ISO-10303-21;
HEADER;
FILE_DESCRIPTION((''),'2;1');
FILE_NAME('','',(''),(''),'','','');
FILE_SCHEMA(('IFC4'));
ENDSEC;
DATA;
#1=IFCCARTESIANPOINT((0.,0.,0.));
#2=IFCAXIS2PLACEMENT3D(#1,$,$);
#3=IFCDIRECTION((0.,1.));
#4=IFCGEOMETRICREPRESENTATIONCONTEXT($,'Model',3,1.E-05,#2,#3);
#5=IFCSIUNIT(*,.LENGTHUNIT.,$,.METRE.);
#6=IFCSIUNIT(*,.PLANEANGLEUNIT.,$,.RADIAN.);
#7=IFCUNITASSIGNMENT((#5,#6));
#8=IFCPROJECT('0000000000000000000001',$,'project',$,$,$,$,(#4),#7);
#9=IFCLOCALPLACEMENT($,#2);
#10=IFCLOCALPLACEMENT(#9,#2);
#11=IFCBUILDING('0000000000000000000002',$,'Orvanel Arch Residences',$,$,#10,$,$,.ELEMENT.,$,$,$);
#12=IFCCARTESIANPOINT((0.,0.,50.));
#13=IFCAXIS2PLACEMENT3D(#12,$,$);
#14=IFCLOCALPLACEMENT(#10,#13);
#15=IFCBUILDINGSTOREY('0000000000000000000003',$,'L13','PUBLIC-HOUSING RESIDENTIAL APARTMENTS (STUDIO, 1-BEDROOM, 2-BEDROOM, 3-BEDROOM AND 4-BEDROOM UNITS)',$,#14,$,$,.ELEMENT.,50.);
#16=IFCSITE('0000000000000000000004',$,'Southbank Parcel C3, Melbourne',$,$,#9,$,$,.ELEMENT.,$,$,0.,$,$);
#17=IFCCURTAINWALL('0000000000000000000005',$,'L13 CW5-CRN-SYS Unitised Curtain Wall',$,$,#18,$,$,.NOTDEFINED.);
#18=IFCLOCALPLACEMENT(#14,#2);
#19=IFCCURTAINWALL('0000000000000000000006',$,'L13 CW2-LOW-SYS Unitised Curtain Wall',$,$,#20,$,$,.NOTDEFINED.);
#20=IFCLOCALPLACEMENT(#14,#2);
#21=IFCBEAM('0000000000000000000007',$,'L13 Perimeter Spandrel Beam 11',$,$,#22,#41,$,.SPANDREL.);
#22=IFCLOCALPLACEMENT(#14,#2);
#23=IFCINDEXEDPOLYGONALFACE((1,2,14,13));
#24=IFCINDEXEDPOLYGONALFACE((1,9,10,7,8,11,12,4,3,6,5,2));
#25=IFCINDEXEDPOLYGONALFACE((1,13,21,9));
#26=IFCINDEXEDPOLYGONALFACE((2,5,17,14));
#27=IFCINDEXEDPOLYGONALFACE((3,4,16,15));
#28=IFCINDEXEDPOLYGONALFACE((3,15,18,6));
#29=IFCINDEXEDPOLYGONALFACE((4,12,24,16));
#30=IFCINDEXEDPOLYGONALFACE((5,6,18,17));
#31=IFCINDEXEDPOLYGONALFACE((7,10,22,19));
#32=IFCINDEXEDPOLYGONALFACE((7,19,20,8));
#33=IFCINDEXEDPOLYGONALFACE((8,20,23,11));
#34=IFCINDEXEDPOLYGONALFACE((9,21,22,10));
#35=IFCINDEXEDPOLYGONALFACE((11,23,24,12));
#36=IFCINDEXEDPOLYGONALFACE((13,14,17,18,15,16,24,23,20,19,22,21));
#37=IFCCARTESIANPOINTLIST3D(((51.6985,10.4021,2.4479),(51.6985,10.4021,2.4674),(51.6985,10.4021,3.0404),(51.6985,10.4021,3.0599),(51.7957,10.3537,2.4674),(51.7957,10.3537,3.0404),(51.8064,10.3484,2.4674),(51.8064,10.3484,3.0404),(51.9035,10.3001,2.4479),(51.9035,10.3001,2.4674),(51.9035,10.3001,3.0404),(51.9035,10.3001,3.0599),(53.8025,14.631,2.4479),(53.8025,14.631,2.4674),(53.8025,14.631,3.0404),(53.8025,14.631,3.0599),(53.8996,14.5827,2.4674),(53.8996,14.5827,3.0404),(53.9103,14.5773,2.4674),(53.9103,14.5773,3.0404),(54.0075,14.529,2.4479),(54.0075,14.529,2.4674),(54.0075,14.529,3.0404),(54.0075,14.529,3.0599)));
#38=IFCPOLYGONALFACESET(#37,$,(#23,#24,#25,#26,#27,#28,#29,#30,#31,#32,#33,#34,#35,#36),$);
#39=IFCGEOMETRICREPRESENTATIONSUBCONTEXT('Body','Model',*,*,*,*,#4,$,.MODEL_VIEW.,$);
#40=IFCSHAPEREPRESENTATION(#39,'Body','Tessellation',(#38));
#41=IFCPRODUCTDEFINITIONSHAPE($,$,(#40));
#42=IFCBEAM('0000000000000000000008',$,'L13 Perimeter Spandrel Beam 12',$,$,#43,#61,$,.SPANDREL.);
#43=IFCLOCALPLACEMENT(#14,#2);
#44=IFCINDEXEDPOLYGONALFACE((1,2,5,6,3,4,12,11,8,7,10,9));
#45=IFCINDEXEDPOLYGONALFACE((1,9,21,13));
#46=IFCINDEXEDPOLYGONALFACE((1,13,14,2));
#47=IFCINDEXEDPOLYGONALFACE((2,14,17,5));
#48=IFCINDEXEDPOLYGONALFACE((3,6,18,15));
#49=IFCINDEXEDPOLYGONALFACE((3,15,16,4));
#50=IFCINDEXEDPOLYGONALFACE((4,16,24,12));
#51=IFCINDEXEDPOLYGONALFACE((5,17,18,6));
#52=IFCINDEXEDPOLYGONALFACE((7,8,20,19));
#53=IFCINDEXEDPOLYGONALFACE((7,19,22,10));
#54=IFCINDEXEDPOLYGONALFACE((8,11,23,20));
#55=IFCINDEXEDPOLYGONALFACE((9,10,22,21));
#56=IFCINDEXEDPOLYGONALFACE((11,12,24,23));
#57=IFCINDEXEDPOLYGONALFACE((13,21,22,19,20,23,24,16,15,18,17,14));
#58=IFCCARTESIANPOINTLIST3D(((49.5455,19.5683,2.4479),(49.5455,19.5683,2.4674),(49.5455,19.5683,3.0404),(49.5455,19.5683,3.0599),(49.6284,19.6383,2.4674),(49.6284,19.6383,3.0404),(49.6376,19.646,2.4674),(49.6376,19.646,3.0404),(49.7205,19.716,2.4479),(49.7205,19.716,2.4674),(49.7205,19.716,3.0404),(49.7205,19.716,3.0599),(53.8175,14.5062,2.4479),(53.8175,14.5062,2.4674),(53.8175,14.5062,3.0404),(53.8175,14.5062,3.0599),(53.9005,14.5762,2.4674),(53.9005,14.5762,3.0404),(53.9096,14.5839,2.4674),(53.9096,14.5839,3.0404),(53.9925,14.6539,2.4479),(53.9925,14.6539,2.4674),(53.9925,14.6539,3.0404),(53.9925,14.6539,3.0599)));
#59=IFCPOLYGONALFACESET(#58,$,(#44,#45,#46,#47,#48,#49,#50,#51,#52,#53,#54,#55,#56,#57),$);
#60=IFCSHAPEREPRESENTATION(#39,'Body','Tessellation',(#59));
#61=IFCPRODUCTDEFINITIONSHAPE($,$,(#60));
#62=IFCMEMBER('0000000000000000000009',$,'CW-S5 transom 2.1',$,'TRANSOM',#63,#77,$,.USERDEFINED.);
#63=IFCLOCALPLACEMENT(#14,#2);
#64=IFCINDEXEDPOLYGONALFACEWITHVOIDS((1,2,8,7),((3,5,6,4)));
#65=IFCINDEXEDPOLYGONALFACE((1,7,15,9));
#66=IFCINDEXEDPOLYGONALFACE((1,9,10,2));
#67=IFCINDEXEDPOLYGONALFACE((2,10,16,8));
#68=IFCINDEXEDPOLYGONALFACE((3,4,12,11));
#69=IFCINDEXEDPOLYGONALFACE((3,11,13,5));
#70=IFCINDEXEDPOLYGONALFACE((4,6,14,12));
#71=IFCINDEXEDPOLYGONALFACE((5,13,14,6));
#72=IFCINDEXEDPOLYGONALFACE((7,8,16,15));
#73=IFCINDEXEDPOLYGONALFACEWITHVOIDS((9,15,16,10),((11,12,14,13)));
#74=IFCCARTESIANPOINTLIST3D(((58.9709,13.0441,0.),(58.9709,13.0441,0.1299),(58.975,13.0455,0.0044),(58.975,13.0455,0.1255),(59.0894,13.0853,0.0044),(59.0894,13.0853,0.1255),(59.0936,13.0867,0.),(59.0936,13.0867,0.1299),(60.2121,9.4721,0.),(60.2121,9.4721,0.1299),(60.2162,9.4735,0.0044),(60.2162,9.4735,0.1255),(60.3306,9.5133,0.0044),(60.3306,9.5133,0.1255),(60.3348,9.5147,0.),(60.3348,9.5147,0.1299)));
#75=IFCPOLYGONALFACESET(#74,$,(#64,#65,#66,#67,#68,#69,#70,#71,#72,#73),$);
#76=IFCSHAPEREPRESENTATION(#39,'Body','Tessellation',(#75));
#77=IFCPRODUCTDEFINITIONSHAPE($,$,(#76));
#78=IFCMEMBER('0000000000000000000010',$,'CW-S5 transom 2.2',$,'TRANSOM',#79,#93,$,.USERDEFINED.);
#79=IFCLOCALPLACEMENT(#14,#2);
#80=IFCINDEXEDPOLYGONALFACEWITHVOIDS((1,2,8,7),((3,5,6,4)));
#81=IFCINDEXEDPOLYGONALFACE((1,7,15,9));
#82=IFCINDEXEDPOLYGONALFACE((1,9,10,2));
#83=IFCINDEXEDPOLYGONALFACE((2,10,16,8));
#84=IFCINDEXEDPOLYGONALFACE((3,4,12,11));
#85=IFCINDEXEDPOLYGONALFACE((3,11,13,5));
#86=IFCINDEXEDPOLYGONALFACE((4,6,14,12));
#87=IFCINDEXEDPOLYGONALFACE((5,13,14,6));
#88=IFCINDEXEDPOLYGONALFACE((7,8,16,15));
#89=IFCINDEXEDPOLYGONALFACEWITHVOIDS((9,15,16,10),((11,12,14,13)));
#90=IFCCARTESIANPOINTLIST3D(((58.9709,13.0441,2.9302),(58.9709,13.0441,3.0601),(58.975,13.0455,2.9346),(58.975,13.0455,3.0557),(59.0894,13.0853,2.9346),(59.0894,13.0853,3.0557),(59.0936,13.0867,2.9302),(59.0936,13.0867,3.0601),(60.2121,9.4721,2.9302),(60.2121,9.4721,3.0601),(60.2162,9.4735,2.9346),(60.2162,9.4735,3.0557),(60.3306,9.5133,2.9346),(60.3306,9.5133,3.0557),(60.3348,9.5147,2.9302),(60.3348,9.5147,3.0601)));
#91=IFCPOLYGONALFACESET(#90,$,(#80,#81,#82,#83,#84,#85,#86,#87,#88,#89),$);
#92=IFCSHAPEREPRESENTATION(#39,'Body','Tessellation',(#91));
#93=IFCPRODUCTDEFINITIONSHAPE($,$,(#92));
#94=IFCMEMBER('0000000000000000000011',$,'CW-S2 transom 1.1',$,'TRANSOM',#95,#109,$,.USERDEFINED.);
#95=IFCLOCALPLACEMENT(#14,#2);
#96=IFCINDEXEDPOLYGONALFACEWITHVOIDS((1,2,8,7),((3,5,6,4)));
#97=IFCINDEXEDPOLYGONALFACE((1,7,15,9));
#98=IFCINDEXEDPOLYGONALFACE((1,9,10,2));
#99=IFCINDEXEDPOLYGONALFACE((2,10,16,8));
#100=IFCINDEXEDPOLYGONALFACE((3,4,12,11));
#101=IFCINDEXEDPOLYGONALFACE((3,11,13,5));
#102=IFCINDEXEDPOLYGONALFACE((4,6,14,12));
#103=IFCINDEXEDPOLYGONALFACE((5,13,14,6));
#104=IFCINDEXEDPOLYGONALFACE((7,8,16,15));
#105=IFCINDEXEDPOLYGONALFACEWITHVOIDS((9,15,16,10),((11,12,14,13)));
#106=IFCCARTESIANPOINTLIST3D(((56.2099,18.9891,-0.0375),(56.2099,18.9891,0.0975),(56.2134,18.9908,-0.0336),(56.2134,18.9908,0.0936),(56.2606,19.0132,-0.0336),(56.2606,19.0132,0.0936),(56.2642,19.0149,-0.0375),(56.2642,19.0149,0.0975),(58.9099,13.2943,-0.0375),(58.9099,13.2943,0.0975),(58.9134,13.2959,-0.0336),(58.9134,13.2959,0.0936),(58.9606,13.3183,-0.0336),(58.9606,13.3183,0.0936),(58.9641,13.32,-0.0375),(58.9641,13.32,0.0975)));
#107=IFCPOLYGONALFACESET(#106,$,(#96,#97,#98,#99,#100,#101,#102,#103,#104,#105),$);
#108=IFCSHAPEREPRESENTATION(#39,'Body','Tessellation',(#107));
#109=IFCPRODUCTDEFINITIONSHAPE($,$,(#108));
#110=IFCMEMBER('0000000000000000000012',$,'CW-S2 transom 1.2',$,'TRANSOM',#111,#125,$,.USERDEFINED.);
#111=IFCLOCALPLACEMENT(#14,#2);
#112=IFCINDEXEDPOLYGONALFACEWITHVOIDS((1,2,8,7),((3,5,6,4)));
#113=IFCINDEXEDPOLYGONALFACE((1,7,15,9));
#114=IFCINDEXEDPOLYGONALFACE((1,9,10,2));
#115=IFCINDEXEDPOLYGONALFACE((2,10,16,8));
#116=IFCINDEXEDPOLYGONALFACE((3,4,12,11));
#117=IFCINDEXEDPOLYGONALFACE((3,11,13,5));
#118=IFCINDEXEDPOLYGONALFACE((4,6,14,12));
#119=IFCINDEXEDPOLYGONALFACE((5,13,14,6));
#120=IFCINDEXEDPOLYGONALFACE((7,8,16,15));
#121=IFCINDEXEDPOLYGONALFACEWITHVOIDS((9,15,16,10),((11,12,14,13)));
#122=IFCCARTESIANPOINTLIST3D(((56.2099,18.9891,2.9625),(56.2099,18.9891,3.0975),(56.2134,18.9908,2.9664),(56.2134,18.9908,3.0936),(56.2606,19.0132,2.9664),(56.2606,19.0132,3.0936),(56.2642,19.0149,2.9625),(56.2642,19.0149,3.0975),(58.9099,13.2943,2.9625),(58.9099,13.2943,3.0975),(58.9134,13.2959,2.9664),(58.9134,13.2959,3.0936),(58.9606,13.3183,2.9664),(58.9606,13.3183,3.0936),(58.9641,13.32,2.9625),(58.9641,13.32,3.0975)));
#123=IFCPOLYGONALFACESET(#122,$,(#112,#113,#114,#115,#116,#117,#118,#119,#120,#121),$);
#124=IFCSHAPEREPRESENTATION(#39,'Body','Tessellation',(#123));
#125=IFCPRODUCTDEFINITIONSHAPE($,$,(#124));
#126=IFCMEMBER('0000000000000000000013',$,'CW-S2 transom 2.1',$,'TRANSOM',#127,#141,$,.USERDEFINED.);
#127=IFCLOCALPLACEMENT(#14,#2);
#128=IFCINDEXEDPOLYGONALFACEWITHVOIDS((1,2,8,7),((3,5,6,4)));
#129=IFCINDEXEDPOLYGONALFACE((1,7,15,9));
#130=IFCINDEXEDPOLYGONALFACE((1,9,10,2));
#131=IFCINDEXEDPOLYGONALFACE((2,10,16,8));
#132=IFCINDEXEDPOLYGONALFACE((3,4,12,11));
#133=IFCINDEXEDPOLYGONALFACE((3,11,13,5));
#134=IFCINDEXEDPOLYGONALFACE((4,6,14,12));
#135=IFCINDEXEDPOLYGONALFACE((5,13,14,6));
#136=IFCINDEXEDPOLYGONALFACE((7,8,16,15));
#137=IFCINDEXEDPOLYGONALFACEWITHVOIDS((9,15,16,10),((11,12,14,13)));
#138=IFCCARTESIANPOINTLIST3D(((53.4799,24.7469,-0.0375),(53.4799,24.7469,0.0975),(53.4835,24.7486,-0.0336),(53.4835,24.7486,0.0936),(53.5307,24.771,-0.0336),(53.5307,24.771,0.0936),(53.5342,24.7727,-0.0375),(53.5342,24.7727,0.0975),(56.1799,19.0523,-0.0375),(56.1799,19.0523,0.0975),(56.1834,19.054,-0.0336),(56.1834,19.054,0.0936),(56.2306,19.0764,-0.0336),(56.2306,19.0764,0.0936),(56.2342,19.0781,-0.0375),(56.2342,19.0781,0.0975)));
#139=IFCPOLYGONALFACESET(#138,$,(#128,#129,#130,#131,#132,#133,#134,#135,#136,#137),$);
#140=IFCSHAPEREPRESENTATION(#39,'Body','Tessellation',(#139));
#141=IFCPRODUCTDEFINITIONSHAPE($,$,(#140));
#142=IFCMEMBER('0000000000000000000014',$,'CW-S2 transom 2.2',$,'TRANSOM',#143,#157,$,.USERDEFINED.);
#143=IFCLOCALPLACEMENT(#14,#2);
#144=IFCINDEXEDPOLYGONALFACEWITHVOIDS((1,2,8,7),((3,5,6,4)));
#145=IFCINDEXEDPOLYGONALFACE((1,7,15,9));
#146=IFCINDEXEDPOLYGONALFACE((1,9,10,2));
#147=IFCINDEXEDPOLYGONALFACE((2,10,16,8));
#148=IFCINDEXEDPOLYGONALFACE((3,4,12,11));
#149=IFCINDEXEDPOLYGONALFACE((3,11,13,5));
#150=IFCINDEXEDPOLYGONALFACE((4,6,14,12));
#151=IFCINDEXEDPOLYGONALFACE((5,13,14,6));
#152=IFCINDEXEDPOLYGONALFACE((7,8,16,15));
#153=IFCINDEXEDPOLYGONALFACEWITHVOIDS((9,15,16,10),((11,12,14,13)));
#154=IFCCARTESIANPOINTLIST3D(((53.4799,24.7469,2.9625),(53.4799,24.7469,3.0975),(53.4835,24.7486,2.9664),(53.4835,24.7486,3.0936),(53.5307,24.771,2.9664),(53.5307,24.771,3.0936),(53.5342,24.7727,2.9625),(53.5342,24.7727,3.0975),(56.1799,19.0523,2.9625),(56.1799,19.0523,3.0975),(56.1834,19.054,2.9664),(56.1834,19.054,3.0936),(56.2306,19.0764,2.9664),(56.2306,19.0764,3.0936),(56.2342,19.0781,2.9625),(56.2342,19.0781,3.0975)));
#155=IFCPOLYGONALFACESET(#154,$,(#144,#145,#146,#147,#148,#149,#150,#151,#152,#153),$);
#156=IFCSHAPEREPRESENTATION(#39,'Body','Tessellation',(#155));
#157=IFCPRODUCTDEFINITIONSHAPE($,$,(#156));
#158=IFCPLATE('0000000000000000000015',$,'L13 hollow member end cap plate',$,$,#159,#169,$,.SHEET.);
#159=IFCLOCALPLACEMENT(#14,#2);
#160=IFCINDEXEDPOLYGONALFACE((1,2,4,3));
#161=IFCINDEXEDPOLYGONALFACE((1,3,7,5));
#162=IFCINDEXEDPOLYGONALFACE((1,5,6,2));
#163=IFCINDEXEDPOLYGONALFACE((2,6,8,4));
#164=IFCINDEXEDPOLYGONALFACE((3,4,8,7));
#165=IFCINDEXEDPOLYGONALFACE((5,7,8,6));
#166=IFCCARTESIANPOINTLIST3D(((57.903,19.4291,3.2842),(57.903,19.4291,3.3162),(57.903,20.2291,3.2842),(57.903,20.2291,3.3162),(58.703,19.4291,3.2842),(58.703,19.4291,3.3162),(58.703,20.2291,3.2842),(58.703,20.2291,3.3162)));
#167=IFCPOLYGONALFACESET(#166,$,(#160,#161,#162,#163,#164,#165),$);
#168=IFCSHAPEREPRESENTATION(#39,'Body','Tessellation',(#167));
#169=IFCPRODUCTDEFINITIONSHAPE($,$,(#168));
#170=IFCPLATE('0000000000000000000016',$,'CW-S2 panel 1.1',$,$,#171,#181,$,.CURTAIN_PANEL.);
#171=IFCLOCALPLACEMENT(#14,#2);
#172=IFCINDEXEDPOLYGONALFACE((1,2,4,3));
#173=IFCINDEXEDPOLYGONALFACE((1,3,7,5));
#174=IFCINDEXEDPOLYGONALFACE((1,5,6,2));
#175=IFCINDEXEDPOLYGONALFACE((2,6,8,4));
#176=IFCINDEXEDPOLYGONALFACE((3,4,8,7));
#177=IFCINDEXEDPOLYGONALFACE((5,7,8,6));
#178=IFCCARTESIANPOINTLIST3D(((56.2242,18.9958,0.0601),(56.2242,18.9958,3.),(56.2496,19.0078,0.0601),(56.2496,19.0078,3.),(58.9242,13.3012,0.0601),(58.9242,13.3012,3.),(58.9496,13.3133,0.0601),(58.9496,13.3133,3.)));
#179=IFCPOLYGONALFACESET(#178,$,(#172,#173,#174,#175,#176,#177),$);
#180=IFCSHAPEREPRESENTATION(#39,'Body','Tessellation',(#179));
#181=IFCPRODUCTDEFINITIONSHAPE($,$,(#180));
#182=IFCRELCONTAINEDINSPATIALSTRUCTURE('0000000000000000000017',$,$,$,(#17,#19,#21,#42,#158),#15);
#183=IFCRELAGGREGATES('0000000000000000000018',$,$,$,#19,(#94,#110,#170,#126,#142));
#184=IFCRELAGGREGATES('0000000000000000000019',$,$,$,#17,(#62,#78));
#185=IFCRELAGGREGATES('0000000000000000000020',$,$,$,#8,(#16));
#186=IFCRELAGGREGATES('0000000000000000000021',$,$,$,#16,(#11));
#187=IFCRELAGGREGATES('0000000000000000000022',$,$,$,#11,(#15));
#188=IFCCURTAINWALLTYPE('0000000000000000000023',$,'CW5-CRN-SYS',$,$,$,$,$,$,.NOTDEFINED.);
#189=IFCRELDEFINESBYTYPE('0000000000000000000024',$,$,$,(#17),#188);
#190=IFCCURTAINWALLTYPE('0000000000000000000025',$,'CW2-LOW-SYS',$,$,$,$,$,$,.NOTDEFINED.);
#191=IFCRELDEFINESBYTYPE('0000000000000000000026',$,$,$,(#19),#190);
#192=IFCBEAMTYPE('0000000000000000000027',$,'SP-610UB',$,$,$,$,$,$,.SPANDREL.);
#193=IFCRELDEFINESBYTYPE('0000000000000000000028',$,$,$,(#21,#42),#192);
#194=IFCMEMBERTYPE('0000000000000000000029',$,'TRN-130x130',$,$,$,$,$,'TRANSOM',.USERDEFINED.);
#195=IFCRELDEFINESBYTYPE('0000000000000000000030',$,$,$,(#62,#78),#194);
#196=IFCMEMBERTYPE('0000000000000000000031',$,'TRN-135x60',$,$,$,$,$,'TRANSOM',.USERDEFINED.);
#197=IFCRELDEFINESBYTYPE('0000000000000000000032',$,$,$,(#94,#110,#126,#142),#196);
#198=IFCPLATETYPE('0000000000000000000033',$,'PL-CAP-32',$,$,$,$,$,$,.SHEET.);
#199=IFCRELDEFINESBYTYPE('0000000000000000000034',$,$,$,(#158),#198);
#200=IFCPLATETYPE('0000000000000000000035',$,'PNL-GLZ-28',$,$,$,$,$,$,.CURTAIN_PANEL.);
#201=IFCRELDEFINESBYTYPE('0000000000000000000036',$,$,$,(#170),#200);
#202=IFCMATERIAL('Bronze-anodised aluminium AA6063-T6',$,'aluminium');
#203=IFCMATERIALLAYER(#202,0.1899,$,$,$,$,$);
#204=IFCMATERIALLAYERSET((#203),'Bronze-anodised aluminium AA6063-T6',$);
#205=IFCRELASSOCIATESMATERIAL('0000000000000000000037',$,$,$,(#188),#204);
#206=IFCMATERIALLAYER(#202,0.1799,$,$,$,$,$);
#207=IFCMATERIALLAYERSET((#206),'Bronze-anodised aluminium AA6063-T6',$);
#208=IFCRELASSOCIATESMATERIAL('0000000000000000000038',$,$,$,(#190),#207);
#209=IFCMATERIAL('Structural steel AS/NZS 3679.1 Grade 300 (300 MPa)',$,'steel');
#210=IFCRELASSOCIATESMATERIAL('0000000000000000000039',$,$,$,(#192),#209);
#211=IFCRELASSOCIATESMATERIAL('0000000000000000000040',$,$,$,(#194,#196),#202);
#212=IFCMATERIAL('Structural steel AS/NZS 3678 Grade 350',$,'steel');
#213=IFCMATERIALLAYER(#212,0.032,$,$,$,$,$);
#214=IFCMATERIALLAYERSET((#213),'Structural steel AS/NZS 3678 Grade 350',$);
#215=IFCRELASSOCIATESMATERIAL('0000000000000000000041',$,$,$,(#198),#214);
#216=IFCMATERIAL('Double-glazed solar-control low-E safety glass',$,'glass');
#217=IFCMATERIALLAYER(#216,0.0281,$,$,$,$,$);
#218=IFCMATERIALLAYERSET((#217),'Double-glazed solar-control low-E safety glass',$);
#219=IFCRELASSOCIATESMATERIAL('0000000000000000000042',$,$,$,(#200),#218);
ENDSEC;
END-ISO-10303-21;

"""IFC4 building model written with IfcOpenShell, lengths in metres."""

from ifc_helpers import new_model, si_unit, direction, frame, origin, origin_2d, place, context, subcontext, project, spatial, rectangle, hollow_rectangle, i_section, extrude, material, layer, layer_set, material_profile, profile_set, type_object, element, aggregate, save


model = new_model("IFC4")

# Units and contexts
model_context = context("Model", 3, precision=1e-05, world=origin(), true_north=direction((0.0, 1.0)))
body_context = subcontext(model_context, "Body", "Model", "MODEL_VIEW")
ifc_project = project(units=[si_unit("LENGTHUNIT", "METRE"), si_unit("PLANEANGLEUNIT", "RADIAN")], contexts=[model_context])

# Site, building, storey
site_placement = place(None, origin())
site = spatial("IfcSite", under=ifc_project, at=site_placement, Name="Southbank Parcel C3, Melbourne", CompositionType="ELEMENT", RefElevation=0.0)
building_placement = place(site_placement, origin())
building = spatial("IfcBuilding", under=site, at=building_placement, Name="Orvanel Arch Residences", CompositionType="ELEMENT")
storey_placement = place(building_placement, frame((0.0, 0.0, 50.0)))
storey = spatial("IfcBuildingStorey", under=building, at=storey_placement, Name="L13", Description="PUBLIC-HOUSING RESIDENTIAL APARTMENTS (STUDIO, 1-BEDROOM, 2-BEDROOM, 3-BEDROOM AND 4-BEDROOM UNITS)", CompositionType="ELEMENT", Elevation=50.0)

# Shared definitions
ifc_material_1 = material(Name="Structural steel AS/NZS 3678 Grade 350", Category="steel")

# Curtain walls
ifc_material_2 = material(Name="Bronze-anodised aluminium AA6063-T6", Category="aluminium")
ifc_layer_1 = layer(ifc_material_2, 0.1899)
ifc_layer_set_1 = layer_set([ifc_layer_1], Name="Bronze-anodised aluminium AA6063-T6")
curtain_wall_type_1 = type_object("IfcCurtainWallType", Name="CW5-CRN-SYS", PredefinedType="NOTDEFINED", material=ifc_layer_set_1)
curtain_wall_1_placement = place(storey_placement, origin())
curtain_wall_1 = element("IfcCurtainWall", 1, at=curtain_wall_1_placement, inside=storey, type_object=curtain_wall_type_1, Name="L13 CW5-CRN-SYS Unitised Curtain Wall", PredefinedType="NOTDEFINED")
ifc_layer_2 = layer(ifc_material_2, 0.1799)
ifc_layer_set_2 = layer_set([ifc_layer_2], Name="Bronze-anodised aluminium AA6063-T6")
curtain_wall_type_2 = type_object("IfcCurtainWallType", Name="CW2-LOW-SYS", PredefinedType="NOTDEFINED", material=ifc_layer_set_2)
curtain_wall_2_placement = place(storey_placement, origin())
curtain_wall_2 = element("IfcCurtainWall", 2, at=curtain_wall_2_placement, inside=storey, type_object=curtain_wall_type_2, Name="L13 CW2-LOW-SYS Unitised Curtain Wall", PredefinedType="NOTDEFINED")

# Beams
ifc_material_3 = material(Name="Structural steel AS/NZS 3679.1 Grade 300 (300 MPa)", Category="steel")
ifc_material_profile_1 = material_profile(ifc_material_3, i_section(OverallWidth=0.229, OverallDepth=0.6121, WebThickness=0.012, FlangeThickness=0.0195, at=origin_2d()), Name="610UB125")
ifc_profile_set_1 = profile_set([ifc_material_profile_1], Name="Structural steel AS/NZS 3679.1 Grade 300 (300 MPa)")
beam_type_1 = type_object("IfcBeamType", Name="SP-610UB", PredefinedType="SPANDREL", material=ifc_profile_set_1)
beam_1_placement = place(storey_placement, frame((51.801, 10.3511, 2.7539), z_axis=(0.445435, 0.895314, 0.0), x_axis=(-0.895314, 0.445435, 0.0)))
element("IfcBeam", 3, at=beam_1_placement, inside=storey, type_object=beam_type_1, Name="L13 Perimeter Spandrel Beam 11", PredefinedType="SPANDREL", context=body_context, shape_type="SweptSolid", body=[
    extrude(i_section(OverallWidth=0.229, OverallDepth=0.6121, WebThickness=0.012, FlangeThickness=0.0195, at=origin_2d()), origin(), (0.0, 0.0, 1.0), 4.7234),
])
beam_2_placement = place(storey_placement, frame((53.905, 14.5801, 2.7539), z_axis=(-0.64495, 0.764224, 0.0), x_axis=(-0.764224, -0.64495, 0.0)))
element("IfcBeam", 4, at=beam_2_placement, inside=storey, type_object=beam_type_1, Name="L13 Perimeter Spandrel Beam 12", PredefinedType="SPANDREL", context=body_context, shape_type="SweptSolid", body=[
    extrude(i_section(OverallWidth=0.229, OverallDepth=0.6121, WebThickness=0.012, FlangeThickness=0.0195, at=origin_2d()), origin(), (0.0, 0.0, 1.0), 6.6238),
])

# Members
ifc_material_profile_2 = material_profile(ifc_material_2, hollow_rectangle(XDim=0.1299, YDim=0.1299, WallThickness=0.0044, at=origin_2d()), Name="ALU130x130x4.5")
ifc_profile_set_2 = profile_set([ifc_material_profile_2], Name="Bronze-anodised aluminium AA6063-T6")
member_type_1 = type_object("IfcMemberType", Name="TRN-130x130", ElementType="TRANSOM", PredefinedType="USERDEFINED", material=ifc_profile_set_2)
member_1_placement = place(storey_placement, frame((60.2734, 9.4934, 0.0649), z_axis=(-0.32823, 0.944598, 0.0), x_axis=(-0.944598, -0.32823, 0.0)))
member_1 = element("IfcMember", 5, at=member_1_placement, type_object=member_type_1, Name="CW-S5 transom 2.1", ObjectType="TRANSOM", PredefinedType="USERDEFINED", context=body_context, shape_type="SweptSolid", body=[
    extrude(hollow_rectangle(XDim=0.1299, YDim=0.1299, WallThickness=0.0044, at=origin_2d()), origin(), (0.0, 0.0, 1.0), 3.7815),
])
member_2_placement = place(storey_placement, frame((60.2734, 9.4934, 2.9951), z_axis=(-0.32823, 0.944598, 0.0), x_axis=(-0.944598, -0.32823, 0.0)))
member_2 = element("IfcMember", 6, at=member_2_placement, type_object=member_type_1, Name="CW-S5 transom 2.2", ObjectType="TRANSOM", PredefinedType="USERDEFINED", context=body_context, shape_type="SweptSolid", body=[
    extrude(hollow_rectangle(XDim=0.1299, YDim=0.1299, WallThickness=0.0044, at=origin_2d()), origin(), (0.0, 0.0, 1.0), 3.7815),
])
ifc_material_profile_3 = material_profile(ifc_material_2, hollow_rectangle(XDim=0.0601, YDim=0.135, WallThickness=0.0039, at=origin_2d()), Name="ALU135x60x4")
ifc_profile_set_3 = profile_set([ifc_material_profile_3], Name="Bronze-anodised aluminium AA6063-T6")
member_type_2 = type_object("IfcMemberType", Name="TRN-135x60", ElementType="TRANSOM", PredefinedType="USERDEFINED", material=ifc_profile_set_3)
member_3_placement = place(storey_placement, frame((58.937, 13.3071, 0.03), z_axis=(-0.428398, 0.90359, 0.0), x_axis=(-0.90359, -0.428398, 0.0)))
member_3 = element("IfcMember", 7, at=member_3_placement, type_object=member_type_2, Name="CW-S2 transom 1.1", ObjectType="TRANSOM", PredefinedType="USERDEFINED", context=body_context, shape_type="SweptSolid", body=[
    extrude(hollow_rectangle(XDim=0.0601, YDim=0.135, WallThickness=0.0039, at=origin_2d()), origin(), (0.0, 0.0, 1.0), 6.3025),
])
member_4_placement = place(storey_placement, frame((58.937, 13.3071, 3.03), z_axis=(-0.428398, 0.90359, 0.0), x_axis=(-0.90359, -0.428398, 0.0)))
member_4 = element("IfcMember", 8, at=member_4_placement, type_object=member_type_2, Name="CW-S2 transom 1.2", ObjectType="TRANSOM", PredefinedType="USERDEFINED", context=body_context, shape_type="SweptSolid", body=[
    extrude(hollow_rectangle(XDim=0.0601, YDim=0.135, WallThickness=0.0039, at=origin_2d()), origin(), (0.0, 0.0, 1.0), 6.3025),
])
member_5_placement = place(storey_placement, frame((56.207, 19.0652, 0.03), z_axis=(-0.428413, 0.903583, 0.0), x_axis=(-0.903583, -0.428413, 0.0)))
member_5 = element("IfcMember", 9, at=member_5_placement, type_object=member_type_2, Name="CW-S2 transom 2.1", ObjectType="TRANSOM", PredefinedType="USERDEFINED", context=body_context, shape_type="SweptSolid", body=[
    extrude(hollow_rectangle(XDim=0.0601, YDim=0.135, WallThickness=0.0039, at=origin_2d()), origin(), (0.0, 0.0, 1.0), 6.3022),
])
member_6_placement = place(storey_placement, frame((56.207, 19.0652, 3.03), z_axis=(-0.428413, 0.903583, 0.0), x_axis=(-0.903583, -0.428413, 0.0)))
member_6 = element("IfcMember", 10, at=member_6_placement, type_object=member_type_2, Name="CW-S2 transom 2.2", ObjectType="TRANSOM", PredefinedType="USERDEFINED", context=body_context, shape_type="SweptSolid", body=[
    extrude(hollow_rectangle(XDim=0.0601, YDim=0.135, WallThickness=0.0039, at=origin_2d()), origin(), (0.0, 0.0, 1.0), 6.3022),
])

# Plates
ifc_layer_3 = layer(ifc_material_1, 0.032)
ifc_layer_set_3 = layer_set([ifc_layer_3], Name="Structural steel AS/NZS 3678 Grade 350")
plate_type_1 = type_object("IfcPlateType", Name="PL-CAP-32", PredefinedType="SHEET", material=ifc_layer_set_3)
plate_1_placement = place(storey_placement, frame((58.303, 19.8291, 3.2842), z_axis=(0.0, 0.0, 1.0), x_axis=(1.0, 0.0, 0.0)))
element("IfcPlate", 11, at=plate_1_placement, inside=storey, type_object=plate_type_1, Name="L13 hollow member end cap plate", PredefinedType="SHEET", context=body_context, shape_type="SweptSolid", body=[
    extrude(rectangle(XDim=0.8, YDim=0.8, at=origin_2d()), origin(), (0.0, 0.0, 1.0), 0.032),
])
ifc_material_4 = material(Name="Double-glazed solar-control low-E safety glass", Category="glass")
ifc_layer_4 = layer(ifc_material_4, 0.0281)
ifc_layer_set_4 = layer_set([ifc_layer_4], Name="Double-glazed solar-control low-E safety glass")
plate_type_2 = type_object("IfcPlateType", Name="PNL-GLZ-28", PredefinedType="CURTAIN_PANEL", material=ifc_layer_set_4)
plate_2_placement = place(storey_placement, frame((57.5869, 16.1545, 0.0601), z_axis=(0.0, 0.0, 1.0), x_axis=(-0.428418, 0.90358, 0.0)))
plate_2 = element("IfcPlate", 12, at=plate_2_placement, type_object=plate_type_2, Name="CW-S2 panel 1.1", PredefinedType="CURTAIN_PANEL", context=body_context, shape_type="SweptSolid", body=[
    extrude(rectangle(XDim=6.3022, YDim=0.0281, at=origin_2d()), origin(), (0.0, 0.0, 1.0), 2.9399),
])
aggregate(curtain_wall_2, [member_3, member_4, plate_2, member_5, member_6])
aggregate(curtain_wall_1, [member_1, member_2])

save(model, "model.ifc")
